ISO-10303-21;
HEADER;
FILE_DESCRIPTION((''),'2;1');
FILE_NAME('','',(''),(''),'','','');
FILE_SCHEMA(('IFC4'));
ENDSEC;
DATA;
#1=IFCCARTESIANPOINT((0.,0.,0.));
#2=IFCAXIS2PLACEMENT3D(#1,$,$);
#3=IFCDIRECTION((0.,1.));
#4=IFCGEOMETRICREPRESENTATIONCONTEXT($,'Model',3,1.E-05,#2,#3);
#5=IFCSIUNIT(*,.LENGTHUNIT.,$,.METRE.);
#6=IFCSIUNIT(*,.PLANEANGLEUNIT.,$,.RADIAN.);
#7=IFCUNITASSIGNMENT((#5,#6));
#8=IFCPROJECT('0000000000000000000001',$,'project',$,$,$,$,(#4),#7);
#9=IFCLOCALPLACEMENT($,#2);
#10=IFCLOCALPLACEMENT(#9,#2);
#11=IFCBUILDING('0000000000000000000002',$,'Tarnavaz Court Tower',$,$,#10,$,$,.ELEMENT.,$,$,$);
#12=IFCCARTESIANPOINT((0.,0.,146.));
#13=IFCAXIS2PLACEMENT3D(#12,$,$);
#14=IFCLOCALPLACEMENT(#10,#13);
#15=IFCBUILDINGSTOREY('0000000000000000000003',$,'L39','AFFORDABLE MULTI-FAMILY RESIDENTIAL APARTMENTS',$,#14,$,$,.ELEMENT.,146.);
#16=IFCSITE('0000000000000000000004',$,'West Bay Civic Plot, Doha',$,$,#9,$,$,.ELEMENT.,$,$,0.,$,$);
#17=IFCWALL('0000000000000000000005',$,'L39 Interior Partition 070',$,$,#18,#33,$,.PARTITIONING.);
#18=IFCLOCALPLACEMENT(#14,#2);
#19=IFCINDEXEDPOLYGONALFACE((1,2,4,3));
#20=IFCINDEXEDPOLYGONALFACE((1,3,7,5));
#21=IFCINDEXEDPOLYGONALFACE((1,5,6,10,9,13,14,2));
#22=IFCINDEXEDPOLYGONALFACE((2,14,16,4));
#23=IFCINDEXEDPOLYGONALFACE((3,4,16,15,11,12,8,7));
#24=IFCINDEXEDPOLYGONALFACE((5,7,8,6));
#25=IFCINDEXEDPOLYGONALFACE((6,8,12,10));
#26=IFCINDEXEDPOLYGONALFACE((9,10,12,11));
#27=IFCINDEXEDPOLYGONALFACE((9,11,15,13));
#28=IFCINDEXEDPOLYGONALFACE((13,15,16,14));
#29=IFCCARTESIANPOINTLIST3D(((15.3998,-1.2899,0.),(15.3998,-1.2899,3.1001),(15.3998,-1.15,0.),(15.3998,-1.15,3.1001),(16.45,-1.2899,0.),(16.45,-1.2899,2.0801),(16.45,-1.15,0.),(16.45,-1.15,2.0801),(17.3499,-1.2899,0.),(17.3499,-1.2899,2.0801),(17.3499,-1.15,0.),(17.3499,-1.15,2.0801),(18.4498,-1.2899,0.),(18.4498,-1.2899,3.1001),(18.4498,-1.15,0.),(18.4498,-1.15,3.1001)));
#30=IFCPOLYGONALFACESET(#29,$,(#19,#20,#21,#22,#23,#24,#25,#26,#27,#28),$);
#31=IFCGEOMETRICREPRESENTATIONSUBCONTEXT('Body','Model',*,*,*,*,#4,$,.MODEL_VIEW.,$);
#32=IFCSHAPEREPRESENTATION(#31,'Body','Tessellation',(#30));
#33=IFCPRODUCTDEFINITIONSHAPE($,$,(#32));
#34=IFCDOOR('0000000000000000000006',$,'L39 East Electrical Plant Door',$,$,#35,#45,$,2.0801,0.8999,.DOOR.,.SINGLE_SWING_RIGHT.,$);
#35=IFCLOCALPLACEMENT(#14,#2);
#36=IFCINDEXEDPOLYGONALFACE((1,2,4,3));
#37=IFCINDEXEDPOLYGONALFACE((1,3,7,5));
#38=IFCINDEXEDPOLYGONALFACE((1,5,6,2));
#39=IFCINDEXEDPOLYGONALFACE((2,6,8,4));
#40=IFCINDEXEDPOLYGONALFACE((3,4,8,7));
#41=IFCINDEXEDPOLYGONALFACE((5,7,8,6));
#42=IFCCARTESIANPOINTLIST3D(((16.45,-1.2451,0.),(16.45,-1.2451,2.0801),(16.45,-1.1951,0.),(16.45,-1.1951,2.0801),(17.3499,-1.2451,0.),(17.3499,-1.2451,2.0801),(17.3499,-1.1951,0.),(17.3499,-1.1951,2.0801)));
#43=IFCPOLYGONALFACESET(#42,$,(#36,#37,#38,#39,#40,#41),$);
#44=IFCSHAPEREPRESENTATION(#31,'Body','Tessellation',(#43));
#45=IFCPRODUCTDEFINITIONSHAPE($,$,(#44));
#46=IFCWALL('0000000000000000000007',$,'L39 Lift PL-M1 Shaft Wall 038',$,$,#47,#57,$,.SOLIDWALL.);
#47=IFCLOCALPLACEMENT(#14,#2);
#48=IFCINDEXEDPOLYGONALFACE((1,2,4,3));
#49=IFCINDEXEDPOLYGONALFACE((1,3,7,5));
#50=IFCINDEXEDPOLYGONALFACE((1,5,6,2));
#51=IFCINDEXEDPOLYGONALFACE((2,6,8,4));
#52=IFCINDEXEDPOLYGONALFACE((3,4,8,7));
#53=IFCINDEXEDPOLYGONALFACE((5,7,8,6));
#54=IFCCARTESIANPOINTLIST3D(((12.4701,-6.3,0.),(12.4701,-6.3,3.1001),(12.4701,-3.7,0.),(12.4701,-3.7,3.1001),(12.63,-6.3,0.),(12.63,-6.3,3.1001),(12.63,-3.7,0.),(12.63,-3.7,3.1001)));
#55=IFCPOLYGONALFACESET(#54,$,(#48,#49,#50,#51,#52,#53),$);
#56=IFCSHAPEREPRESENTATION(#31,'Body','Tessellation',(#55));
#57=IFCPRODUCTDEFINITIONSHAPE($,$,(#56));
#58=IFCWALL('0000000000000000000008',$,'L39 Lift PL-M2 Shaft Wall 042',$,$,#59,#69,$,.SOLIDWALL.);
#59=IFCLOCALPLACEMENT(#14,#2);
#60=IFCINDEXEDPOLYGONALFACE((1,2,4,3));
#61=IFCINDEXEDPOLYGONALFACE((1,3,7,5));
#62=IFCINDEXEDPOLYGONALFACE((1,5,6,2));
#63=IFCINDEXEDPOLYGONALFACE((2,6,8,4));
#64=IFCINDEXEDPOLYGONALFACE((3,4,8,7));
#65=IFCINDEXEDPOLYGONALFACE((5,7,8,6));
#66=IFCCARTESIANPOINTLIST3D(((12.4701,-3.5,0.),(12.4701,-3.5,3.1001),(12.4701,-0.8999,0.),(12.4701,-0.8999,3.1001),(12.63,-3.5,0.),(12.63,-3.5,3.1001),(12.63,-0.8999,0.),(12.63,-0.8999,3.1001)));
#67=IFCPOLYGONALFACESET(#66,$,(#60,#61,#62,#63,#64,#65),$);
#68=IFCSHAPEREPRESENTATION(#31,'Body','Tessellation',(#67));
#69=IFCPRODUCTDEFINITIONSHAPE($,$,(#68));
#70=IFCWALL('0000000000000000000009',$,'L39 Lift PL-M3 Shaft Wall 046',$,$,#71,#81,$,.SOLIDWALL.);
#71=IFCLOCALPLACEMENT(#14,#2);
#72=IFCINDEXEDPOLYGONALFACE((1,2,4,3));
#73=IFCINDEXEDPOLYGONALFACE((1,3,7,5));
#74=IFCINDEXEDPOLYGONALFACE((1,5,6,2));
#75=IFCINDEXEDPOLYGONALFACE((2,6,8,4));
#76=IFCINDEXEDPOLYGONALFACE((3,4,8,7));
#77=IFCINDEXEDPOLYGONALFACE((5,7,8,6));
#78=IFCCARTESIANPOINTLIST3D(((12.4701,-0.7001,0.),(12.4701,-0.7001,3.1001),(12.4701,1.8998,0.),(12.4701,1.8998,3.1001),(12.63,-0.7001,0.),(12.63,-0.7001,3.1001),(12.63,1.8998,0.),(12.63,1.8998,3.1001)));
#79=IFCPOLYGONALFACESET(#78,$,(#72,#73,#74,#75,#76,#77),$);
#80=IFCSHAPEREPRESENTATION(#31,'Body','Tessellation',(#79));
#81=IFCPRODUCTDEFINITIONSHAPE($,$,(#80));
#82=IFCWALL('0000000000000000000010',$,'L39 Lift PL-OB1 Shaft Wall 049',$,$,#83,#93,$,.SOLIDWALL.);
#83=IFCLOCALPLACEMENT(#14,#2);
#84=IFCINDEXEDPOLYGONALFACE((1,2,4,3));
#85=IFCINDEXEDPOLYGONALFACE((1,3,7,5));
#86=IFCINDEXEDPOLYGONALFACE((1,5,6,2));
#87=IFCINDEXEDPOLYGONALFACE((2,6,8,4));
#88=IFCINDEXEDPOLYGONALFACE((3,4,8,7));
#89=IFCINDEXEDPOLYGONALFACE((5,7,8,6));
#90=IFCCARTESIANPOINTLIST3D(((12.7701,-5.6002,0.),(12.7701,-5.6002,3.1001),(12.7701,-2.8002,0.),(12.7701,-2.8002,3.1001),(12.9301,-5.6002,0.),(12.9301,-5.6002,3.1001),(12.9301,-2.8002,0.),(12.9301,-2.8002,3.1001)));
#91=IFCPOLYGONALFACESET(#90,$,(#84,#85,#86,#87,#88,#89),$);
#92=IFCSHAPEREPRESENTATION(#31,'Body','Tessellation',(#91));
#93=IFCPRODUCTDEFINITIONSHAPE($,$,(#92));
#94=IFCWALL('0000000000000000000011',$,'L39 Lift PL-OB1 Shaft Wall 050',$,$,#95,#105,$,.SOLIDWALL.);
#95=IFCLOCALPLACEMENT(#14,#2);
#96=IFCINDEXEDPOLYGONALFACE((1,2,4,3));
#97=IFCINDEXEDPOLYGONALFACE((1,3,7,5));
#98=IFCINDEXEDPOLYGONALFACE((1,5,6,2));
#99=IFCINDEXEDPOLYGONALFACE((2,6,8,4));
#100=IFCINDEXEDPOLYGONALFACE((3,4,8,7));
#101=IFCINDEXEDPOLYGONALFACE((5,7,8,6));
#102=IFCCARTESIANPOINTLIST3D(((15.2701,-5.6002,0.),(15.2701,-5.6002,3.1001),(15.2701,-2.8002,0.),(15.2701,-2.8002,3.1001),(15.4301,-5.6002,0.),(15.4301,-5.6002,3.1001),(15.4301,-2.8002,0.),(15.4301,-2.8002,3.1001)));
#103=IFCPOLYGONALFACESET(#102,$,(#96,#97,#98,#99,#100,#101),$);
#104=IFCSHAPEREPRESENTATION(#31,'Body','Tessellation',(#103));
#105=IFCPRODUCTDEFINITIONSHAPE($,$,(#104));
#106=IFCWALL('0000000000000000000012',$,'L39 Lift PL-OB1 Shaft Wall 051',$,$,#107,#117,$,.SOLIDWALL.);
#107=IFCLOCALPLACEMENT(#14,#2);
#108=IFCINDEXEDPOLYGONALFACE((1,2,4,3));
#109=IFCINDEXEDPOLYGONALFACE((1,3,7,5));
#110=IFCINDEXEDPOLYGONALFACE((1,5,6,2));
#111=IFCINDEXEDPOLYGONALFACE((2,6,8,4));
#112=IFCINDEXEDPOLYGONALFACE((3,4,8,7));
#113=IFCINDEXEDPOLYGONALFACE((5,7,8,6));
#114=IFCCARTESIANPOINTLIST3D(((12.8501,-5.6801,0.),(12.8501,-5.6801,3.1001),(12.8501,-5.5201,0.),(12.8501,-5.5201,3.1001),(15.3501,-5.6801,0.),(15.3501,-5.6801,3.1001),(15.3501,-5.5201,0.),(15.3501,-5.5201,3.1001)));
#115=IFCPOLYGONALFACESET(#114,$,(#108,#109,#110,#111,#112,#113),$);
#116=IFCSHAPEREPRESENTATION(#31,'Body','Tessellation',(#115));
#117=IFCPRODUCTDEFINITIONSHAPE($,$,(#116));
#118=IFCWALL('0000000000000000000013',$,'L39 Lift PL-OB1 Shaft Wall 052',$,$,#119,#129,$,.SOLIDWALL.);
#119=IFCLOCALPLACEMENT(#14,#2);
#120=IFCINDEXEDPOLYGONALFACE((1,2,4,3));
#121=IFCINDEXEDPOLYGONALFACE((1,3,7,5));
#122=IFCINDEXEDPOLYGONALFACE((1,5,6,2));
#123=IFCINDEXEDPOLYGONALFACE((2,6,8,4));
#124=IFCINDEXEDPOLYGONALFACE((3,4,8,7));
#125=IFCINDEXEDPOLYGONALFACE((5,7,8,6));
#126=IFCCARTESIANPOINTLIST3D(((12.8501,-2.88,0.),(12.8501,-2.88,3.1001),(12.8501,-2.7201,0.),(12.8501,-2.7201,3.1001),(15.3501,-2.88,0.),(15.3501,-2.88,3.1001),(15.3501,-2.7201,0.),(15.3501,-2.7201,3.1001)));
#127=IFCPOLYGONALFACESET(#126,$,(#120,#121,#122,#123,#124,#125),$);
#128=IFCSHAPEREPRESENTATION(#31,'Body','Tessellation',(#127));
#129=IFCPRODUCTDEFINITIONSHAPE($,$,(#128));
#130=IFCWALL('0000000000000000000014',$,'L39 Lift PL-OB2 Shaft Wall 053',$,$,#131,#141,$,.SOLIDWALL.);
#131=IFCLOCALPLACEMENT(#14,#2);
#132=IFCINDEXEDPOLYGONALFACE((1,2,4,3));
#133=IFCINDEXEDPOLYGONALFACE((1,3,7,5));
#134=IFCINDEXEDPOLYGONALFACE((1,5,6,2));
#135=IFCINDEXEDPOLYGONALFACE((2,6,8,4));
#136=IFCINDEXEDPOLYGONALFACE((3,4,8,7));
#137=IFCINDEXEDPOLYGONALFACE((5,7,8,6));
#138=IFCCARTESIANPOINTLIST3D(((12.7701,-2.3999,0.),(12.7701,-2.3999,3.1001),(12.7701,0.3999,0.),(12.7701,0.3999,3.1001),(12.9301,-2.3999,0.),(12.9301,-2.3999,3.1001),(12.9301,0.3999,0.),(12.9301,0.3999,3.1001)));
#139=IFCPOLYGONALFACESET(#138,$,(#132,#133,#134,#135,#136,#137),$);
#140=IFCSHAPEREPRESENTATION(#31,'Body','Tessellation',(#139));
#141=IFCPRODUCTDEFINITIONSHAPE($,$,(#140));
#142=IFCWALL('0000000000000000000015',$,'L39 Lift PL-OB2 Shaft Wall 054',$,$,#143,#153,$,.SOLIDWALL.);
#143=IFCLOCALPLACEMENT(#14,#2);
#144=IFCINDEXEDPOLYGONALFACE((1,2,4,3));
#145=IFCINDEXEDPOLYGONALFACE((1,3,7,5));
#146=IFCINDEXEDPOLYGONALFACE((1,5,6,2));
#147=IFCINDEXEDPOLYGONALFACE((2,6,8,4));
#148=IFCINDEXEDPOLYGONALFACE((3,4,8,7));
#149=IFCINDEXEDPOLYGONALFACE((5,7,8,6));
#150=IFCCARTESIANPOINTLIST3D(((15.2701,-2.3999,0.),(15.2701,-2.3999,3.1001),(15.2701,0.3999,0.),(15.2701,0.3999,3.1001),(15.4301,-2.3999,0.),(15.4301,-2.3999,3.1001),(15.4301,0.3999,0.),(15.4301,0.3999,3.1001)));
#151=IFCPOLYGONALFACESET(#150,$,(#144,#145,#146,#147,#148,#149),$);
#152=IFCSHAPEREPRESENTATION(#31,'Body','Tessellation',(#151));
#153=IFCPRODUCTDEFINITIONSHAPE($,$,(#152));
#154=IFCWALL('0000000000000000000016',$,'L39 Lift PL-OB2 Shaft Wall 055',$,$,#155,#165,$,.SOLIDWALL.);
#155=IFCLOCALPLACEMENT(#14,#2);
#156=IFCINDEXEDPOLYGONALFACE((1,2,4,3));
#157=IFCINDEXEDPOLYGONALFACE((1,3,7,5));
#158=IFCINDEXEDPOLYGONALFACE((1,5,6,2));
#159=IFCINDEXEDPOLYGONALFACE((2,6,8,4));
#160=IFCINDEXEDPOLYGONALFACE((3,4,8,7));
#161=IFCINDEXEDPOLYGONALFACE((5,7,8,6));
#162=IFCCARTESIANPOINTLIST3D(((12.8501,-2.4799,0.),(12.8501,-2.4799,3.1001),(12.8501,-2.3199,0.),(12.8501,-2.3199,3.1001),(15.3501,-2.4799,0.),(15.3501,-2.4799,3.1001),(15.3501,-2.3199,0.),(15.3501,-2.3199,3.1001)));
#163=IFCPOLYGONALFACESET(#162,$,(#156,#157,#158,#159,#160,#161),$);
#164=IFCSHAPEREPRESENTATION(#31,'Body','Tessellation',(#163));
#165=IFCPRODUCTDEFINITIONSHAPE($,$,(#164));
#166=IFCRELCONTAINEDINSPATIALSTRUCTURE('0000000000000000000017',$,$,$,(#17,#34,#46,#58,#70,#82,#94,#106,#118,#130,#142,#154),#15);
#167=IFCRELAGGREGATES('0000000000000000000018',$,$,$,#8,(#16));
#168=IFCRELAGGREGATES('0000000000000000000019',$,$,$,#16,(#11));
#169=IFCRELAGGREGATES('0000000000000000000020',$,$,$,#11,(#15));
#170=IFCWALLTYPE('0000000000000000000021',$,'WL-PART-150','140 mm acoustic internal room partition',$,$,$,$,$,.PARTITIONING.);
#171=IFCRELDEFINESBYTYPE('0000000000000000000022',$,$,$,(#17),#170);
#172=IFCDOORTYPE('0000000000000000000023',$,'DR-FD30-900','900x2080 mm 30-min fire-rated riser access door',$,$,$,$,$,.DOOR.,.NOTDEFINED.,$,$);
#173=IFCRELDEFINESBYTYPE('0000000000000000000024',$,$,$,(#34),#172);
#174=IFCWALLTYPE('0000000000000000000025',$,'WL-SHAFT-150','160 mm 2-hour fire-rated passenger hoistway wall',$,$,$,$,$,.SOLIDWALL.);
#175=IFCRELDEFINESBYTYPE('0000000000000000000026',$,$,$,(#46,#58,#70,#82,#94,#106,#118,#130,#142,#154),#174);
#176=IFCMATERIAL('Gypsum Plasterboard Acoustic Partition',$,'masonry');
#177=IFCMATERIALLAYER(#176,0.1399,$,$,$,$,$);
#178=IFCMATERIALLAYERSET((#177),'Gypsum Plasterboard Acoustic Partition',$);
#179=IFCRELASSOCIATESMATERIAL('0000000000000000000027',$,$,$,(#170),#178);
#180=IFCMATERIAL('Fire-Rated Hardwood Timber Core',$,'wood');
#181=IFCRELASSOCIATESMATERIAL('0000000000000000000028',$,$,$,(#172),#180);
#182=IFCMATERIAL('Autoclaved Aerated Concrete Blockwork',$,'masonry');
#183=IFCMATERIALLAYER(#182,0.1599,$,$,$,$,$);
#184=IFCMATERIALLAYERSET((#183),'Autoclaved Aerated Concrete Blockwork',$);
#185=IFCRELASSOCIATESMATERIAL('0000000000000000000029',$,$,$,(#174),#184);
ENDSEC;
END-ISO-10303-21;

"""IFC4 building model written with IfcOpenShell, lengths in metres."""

from ifc_helpers import new_model, si_unit, direction, frame, frame_2d, origin, place, context, subcontext, project, spatial, rectangle, extrude, material, layer, layer_set, type_object, element, fill, save


model = new_model("IFC4")

# Units and contexts
model_context = context("Model", 3, precision=1e-05, world=origin(), true_north=direction((0.0, 1.0)))
body_context = subcontext(model_context, "Body", "Model", "MODEL_VIEW")
ifc_project = project(units=[si_unit("LENGTHUNIT", "METRE"), si_unit("PLANEANGLEUNIT", "RADIAN")], contexts=[model_context])

# Site, building, storey
site_placement = place(None, origin())
site = spatial("IfcSite", under=ifc_project, at=site_placement, Name="West Bay Civic Plot, Doha", CompositionType="ELEMENT", RefElevation=0.0)
building_placement = place(site_placement, origin())
building = spatial("IfcBuilding", under=site, at=building_placement, Name="Tarnavaz Court Tower", CompositionType="ELEMENT")
storey_placement = place(building_placement, frame((0.0, 0.0, 146.0)))
storey = spatial("IfcBuildingStorey", under=building, at=storey_placement, Name="L39", Description="AFFORDABLE MULTI-FAMILY RESIDENTIAL APARTMENTS", CompositionType="ELEMENT", Elevation=146.0)

# Wall, opening, door
ifc_material_1 = material(Name="Gypsum Plasterboard Acoustic Partition", Category="masonry")
ifc_layer_1 = layer(ifc_material_1, 0.1399)
ifc_layer_set_1 = layer_set([ifc_layer_1], Name="Gypsum Plasterboard Acoustic Partition")
wall_type_1 = type_object("IfcWallType", Name="WL-PART-150", Description="140 mm acoustic internal room partition", PredefinedType="PARTITIONING", material=ifc_layer_set_1)
ifc_material_2 = material(Name="Fire-Rated Hardwood Timber Core", Category="wood")
door_type = type_object("IfcDoorType", Name="DR-FD30-900", Description="900x2080 mm 30-min fire-rated riser access door", OperationType="NOTDEFINED", PredefinedType="DOOR", material=ifc_material_2)
wall_1_placement = place(storey_placement, frame((15.3999, -1.22, 0.0), z_axis=(0.0, 0.0, 1.0), x_axis=(1.0, 0.0, 0.0)))
wall_1 = element("IfcWall", 1, at=wall_1_placement, inside=storey, type_object=wall_type_1, Name="L39 Interior Partition 070", PredefinedType="PARTITIONING", context=body_context, shape_type="SweptSolid", body=[
    extrude(rectangle(XDim=3.05, YDim=0.1399, at=frame_2d((1.5249, 0.0))), origin(), (0.0, 0.0, 1.0), 3.1001),
])
opening_1_placement = place(wall_1_placement, frame((1.05, 0.0, 0.0)))
opening_1 = element("IfcOpeningElement", 2, at=opening_1_placement, cuts=wall_1, PredefinedType="OPENING", context=body_context, shape_type="SweptSolid", body=[
    extrude(rectangle(XDim=0.8999, YDim=2.0801, at=frame_2d((0.45, 1.04))), frame((0.0, 0.0798, 0.0), z_axis=(0.0, -1.0, 0.0), x_axis=(1.0, 0.0, 0.0)), (0.0, 0.0, 1.0), 0.1599),
])
door_1_placement = place(opening_1_placement, origin())
door_1 = element("IfcDoor", 3, at=door_1_placement, inside=storey, type_object=door_type, Name="L39 East Electrical Plant Door", OperationType="SINGLE_SWING_RIGHT", OverallHeight=2.0801, OverallWidth=0.8999, PredefinedType="DOOR", context=body_context, shape_type="SweptSolid", body=[
    extrude(rectangle(XDim=0.8999, YDim=2.0801, at=frame_2d((0.45, 1.04))), frame((0.0, 0.0249, 0.0), z_axis=(0.0, -1.0, 0.0), x_axis=(1.0, 0.0, 0.0)), (0.0, 0.0, 1.0), 0.05),
])
fill(opening_1, door_1)

# Walls
ifc_material_3 = material(Name="Autoclaved Aerated Concrete Blockwork", Category="masonry")
ifc_layer_2 = layer(ifc_material_3, 0.1599)
ifc_layer_set_2 = layer_set([ifc_layer_2], Name="Autoclaved Aerated Concrete Blockwork")
wall_type_2 = type_object("IfcWallType", Name="WL-SHAFT-150", Description="160 mm 2-hour fire-rated passenger hoistway wall", PredefinedType="SOLIDWALL", material=ifc_layer_set_2)
for number, where, z_axis, x_axis, name in (
    (4, (12.55, -6.3, 0.0), (0.0, 0.0, 1.0), (0.0, 1.0, 0.0), "L39 Lift PL-M1 Shaft Wall 038"),
    (5, (12.55, -3.5, 0.0), (0.0, 0.0, 1.0), (0.0, 1.0, 0.0), "L39 Lift PL-M2 Shaft Wall 042"),
):
    element("IfcWall", number, at=place(storey_placement, frame(where, z_axis=z_axis, x_axis=x_axis)), inside=storey, type_object=wall_type_2, Name=name, PredefinedType="SOLIDWALL", context=body_context, shape_type="SweptSolid", body=[
        extrude(rectangle(XDim=2.6001, YDim=0.1599, at=frame_2d((1.3, 0.0))), origin(), (0.0, 0.0, 1.0), 3.1001),
    ])
wall_2_placement = place(storey_placement, frame((12.55, -0.7, 0.0), z_axis=(0.0, 0.0, 1.0), x_axis=(0.0, 1.0, 0.0)))
element("IfcWall", 6, at=wall_2_placement, inside=storey, type_object=wall_type_2, Name="L39 Lift PL-M3 Shaft Wall 046", PredefinedType="SOLIDWALL", context=body_context, shape_type="SweptSolid", body=[
    extrude(rectangle(XDim=2.5999, YDim=0.1599, at=frame_2d((1.2998, 0.0))), origin(), (0.0, 0.0, 1.0), 3.1001),
])
for number, where, z_axis, x_axis, name in (
    (7, (12.8501, -5.6001, 0.0), (0.0, 0.0, 1.0), (0.0, 1.0, 0.0), "L39 Lift PL-OB1 Shaft Wall 049"),
    (8, (15.3501, -5.6001, 0.0), (0.0, 0.0, 1.0), (0.0, 1.0, 0.0), "L39 Lift PL-OB1 Shaft Wall 050"),
):
    element("IfcWall", number, at=place(storey_placement, frame(where, z_axis=z_axis, x_axis=x_axis)), inside=storey, type_object=wall_type_2, Name=name, PredefinedType="SOLIDWALL", context=body_context, shape_type="SweptSolid", body=[
        extrude(rectangle(XDim=2.8, YDim=0.1599, at=frame_2d((1.3999, 0.0))), origin(), (0.0, 0.0, 1.0), 3.1001),
    ])
for number, where, z_axis, x_axis, name in (
    (9, (12.8501, -5.6001, 0.0), (0.0, 0.0, 1.0), (1.0, 0.0, 0.0), "L39 Lift PL-OB1 Shaft Wall 051"),
    (10, (12.8501, -2.8, 0.0), (0.0, 0.0, 1.0), (1.0, 0.0, 0.0), "L39 Lift PL-OB1 Shaft Wall 052"),
):
    element("IfcWall", number, at=place(storey_placement, frame(where, z_axis=z_axis, x_axis=x_axis)), inside=storey, type_object=wall_type_2, Name=name, PredefinedType="SOLIDWALL", context=body_context, shape_type="SweptSolid", body=[
        extrude(rectangle(XDim=2.5, YDim=0.1599, at=frame_2d((1.25, 0.0))), origin(), (0.0, 0.0, 1.0), 3.1001),
    ])
for number, where, z_axis, x_axis, name in (
    (11, (12.8501, -2.3999, 0.0), (0.0, 0.0, 1.0), (0.0, 1.0, 0.0), "L39 Lift PL-OB2 Shaft Wall 053"),
    (12, (15.3501, -2.3999, 0.0), (0.0, 0.0, 1.0), (0.0, 1.0, 0.0), "L39 Lift PL-OB2 Shaft Wall 054"),
):
    element("IfcWall", number, at=place(storey_placement, frame(where, z_axis=z_axis, x_axis=x_axis)), inside=storey, type_object=wall_type_2, Name=name, PredefinedType="SOLIDWALL", context=body_context, shape_type="SweptSolid", body=[
        extrude(rectangle(XDim=2.7998, YDim=0.1599, at=frame_2d((1.3999, 0.0))), origin(), (0.0, 0.0, 1.0), 3.1001),
    ])
wall_3_placement = place(storey_placement, frame((12.8501, -2.3999, 0.0), z_axis=(0.0, 0.0, 1.0), x_axis=(1.0, 0.0, 0.0)))
element("IfcWall", 13, at=wall_3_placement, inside=storey, type_object=wall_type_2, Name="L39 Lift PL-OB2 Shaft Wall 055", PredefinedType="SOLIDWALL", context=body_context, shape_type="SweptSolid", body=[
    extrude(rectangle(XDim=2.5, YDim=0.1599, at=frame_2d((1.25, 0.0))), origin(), (0.0, 0.0, 1.0), 3.1001),
])

save(model, "model.ifc")
